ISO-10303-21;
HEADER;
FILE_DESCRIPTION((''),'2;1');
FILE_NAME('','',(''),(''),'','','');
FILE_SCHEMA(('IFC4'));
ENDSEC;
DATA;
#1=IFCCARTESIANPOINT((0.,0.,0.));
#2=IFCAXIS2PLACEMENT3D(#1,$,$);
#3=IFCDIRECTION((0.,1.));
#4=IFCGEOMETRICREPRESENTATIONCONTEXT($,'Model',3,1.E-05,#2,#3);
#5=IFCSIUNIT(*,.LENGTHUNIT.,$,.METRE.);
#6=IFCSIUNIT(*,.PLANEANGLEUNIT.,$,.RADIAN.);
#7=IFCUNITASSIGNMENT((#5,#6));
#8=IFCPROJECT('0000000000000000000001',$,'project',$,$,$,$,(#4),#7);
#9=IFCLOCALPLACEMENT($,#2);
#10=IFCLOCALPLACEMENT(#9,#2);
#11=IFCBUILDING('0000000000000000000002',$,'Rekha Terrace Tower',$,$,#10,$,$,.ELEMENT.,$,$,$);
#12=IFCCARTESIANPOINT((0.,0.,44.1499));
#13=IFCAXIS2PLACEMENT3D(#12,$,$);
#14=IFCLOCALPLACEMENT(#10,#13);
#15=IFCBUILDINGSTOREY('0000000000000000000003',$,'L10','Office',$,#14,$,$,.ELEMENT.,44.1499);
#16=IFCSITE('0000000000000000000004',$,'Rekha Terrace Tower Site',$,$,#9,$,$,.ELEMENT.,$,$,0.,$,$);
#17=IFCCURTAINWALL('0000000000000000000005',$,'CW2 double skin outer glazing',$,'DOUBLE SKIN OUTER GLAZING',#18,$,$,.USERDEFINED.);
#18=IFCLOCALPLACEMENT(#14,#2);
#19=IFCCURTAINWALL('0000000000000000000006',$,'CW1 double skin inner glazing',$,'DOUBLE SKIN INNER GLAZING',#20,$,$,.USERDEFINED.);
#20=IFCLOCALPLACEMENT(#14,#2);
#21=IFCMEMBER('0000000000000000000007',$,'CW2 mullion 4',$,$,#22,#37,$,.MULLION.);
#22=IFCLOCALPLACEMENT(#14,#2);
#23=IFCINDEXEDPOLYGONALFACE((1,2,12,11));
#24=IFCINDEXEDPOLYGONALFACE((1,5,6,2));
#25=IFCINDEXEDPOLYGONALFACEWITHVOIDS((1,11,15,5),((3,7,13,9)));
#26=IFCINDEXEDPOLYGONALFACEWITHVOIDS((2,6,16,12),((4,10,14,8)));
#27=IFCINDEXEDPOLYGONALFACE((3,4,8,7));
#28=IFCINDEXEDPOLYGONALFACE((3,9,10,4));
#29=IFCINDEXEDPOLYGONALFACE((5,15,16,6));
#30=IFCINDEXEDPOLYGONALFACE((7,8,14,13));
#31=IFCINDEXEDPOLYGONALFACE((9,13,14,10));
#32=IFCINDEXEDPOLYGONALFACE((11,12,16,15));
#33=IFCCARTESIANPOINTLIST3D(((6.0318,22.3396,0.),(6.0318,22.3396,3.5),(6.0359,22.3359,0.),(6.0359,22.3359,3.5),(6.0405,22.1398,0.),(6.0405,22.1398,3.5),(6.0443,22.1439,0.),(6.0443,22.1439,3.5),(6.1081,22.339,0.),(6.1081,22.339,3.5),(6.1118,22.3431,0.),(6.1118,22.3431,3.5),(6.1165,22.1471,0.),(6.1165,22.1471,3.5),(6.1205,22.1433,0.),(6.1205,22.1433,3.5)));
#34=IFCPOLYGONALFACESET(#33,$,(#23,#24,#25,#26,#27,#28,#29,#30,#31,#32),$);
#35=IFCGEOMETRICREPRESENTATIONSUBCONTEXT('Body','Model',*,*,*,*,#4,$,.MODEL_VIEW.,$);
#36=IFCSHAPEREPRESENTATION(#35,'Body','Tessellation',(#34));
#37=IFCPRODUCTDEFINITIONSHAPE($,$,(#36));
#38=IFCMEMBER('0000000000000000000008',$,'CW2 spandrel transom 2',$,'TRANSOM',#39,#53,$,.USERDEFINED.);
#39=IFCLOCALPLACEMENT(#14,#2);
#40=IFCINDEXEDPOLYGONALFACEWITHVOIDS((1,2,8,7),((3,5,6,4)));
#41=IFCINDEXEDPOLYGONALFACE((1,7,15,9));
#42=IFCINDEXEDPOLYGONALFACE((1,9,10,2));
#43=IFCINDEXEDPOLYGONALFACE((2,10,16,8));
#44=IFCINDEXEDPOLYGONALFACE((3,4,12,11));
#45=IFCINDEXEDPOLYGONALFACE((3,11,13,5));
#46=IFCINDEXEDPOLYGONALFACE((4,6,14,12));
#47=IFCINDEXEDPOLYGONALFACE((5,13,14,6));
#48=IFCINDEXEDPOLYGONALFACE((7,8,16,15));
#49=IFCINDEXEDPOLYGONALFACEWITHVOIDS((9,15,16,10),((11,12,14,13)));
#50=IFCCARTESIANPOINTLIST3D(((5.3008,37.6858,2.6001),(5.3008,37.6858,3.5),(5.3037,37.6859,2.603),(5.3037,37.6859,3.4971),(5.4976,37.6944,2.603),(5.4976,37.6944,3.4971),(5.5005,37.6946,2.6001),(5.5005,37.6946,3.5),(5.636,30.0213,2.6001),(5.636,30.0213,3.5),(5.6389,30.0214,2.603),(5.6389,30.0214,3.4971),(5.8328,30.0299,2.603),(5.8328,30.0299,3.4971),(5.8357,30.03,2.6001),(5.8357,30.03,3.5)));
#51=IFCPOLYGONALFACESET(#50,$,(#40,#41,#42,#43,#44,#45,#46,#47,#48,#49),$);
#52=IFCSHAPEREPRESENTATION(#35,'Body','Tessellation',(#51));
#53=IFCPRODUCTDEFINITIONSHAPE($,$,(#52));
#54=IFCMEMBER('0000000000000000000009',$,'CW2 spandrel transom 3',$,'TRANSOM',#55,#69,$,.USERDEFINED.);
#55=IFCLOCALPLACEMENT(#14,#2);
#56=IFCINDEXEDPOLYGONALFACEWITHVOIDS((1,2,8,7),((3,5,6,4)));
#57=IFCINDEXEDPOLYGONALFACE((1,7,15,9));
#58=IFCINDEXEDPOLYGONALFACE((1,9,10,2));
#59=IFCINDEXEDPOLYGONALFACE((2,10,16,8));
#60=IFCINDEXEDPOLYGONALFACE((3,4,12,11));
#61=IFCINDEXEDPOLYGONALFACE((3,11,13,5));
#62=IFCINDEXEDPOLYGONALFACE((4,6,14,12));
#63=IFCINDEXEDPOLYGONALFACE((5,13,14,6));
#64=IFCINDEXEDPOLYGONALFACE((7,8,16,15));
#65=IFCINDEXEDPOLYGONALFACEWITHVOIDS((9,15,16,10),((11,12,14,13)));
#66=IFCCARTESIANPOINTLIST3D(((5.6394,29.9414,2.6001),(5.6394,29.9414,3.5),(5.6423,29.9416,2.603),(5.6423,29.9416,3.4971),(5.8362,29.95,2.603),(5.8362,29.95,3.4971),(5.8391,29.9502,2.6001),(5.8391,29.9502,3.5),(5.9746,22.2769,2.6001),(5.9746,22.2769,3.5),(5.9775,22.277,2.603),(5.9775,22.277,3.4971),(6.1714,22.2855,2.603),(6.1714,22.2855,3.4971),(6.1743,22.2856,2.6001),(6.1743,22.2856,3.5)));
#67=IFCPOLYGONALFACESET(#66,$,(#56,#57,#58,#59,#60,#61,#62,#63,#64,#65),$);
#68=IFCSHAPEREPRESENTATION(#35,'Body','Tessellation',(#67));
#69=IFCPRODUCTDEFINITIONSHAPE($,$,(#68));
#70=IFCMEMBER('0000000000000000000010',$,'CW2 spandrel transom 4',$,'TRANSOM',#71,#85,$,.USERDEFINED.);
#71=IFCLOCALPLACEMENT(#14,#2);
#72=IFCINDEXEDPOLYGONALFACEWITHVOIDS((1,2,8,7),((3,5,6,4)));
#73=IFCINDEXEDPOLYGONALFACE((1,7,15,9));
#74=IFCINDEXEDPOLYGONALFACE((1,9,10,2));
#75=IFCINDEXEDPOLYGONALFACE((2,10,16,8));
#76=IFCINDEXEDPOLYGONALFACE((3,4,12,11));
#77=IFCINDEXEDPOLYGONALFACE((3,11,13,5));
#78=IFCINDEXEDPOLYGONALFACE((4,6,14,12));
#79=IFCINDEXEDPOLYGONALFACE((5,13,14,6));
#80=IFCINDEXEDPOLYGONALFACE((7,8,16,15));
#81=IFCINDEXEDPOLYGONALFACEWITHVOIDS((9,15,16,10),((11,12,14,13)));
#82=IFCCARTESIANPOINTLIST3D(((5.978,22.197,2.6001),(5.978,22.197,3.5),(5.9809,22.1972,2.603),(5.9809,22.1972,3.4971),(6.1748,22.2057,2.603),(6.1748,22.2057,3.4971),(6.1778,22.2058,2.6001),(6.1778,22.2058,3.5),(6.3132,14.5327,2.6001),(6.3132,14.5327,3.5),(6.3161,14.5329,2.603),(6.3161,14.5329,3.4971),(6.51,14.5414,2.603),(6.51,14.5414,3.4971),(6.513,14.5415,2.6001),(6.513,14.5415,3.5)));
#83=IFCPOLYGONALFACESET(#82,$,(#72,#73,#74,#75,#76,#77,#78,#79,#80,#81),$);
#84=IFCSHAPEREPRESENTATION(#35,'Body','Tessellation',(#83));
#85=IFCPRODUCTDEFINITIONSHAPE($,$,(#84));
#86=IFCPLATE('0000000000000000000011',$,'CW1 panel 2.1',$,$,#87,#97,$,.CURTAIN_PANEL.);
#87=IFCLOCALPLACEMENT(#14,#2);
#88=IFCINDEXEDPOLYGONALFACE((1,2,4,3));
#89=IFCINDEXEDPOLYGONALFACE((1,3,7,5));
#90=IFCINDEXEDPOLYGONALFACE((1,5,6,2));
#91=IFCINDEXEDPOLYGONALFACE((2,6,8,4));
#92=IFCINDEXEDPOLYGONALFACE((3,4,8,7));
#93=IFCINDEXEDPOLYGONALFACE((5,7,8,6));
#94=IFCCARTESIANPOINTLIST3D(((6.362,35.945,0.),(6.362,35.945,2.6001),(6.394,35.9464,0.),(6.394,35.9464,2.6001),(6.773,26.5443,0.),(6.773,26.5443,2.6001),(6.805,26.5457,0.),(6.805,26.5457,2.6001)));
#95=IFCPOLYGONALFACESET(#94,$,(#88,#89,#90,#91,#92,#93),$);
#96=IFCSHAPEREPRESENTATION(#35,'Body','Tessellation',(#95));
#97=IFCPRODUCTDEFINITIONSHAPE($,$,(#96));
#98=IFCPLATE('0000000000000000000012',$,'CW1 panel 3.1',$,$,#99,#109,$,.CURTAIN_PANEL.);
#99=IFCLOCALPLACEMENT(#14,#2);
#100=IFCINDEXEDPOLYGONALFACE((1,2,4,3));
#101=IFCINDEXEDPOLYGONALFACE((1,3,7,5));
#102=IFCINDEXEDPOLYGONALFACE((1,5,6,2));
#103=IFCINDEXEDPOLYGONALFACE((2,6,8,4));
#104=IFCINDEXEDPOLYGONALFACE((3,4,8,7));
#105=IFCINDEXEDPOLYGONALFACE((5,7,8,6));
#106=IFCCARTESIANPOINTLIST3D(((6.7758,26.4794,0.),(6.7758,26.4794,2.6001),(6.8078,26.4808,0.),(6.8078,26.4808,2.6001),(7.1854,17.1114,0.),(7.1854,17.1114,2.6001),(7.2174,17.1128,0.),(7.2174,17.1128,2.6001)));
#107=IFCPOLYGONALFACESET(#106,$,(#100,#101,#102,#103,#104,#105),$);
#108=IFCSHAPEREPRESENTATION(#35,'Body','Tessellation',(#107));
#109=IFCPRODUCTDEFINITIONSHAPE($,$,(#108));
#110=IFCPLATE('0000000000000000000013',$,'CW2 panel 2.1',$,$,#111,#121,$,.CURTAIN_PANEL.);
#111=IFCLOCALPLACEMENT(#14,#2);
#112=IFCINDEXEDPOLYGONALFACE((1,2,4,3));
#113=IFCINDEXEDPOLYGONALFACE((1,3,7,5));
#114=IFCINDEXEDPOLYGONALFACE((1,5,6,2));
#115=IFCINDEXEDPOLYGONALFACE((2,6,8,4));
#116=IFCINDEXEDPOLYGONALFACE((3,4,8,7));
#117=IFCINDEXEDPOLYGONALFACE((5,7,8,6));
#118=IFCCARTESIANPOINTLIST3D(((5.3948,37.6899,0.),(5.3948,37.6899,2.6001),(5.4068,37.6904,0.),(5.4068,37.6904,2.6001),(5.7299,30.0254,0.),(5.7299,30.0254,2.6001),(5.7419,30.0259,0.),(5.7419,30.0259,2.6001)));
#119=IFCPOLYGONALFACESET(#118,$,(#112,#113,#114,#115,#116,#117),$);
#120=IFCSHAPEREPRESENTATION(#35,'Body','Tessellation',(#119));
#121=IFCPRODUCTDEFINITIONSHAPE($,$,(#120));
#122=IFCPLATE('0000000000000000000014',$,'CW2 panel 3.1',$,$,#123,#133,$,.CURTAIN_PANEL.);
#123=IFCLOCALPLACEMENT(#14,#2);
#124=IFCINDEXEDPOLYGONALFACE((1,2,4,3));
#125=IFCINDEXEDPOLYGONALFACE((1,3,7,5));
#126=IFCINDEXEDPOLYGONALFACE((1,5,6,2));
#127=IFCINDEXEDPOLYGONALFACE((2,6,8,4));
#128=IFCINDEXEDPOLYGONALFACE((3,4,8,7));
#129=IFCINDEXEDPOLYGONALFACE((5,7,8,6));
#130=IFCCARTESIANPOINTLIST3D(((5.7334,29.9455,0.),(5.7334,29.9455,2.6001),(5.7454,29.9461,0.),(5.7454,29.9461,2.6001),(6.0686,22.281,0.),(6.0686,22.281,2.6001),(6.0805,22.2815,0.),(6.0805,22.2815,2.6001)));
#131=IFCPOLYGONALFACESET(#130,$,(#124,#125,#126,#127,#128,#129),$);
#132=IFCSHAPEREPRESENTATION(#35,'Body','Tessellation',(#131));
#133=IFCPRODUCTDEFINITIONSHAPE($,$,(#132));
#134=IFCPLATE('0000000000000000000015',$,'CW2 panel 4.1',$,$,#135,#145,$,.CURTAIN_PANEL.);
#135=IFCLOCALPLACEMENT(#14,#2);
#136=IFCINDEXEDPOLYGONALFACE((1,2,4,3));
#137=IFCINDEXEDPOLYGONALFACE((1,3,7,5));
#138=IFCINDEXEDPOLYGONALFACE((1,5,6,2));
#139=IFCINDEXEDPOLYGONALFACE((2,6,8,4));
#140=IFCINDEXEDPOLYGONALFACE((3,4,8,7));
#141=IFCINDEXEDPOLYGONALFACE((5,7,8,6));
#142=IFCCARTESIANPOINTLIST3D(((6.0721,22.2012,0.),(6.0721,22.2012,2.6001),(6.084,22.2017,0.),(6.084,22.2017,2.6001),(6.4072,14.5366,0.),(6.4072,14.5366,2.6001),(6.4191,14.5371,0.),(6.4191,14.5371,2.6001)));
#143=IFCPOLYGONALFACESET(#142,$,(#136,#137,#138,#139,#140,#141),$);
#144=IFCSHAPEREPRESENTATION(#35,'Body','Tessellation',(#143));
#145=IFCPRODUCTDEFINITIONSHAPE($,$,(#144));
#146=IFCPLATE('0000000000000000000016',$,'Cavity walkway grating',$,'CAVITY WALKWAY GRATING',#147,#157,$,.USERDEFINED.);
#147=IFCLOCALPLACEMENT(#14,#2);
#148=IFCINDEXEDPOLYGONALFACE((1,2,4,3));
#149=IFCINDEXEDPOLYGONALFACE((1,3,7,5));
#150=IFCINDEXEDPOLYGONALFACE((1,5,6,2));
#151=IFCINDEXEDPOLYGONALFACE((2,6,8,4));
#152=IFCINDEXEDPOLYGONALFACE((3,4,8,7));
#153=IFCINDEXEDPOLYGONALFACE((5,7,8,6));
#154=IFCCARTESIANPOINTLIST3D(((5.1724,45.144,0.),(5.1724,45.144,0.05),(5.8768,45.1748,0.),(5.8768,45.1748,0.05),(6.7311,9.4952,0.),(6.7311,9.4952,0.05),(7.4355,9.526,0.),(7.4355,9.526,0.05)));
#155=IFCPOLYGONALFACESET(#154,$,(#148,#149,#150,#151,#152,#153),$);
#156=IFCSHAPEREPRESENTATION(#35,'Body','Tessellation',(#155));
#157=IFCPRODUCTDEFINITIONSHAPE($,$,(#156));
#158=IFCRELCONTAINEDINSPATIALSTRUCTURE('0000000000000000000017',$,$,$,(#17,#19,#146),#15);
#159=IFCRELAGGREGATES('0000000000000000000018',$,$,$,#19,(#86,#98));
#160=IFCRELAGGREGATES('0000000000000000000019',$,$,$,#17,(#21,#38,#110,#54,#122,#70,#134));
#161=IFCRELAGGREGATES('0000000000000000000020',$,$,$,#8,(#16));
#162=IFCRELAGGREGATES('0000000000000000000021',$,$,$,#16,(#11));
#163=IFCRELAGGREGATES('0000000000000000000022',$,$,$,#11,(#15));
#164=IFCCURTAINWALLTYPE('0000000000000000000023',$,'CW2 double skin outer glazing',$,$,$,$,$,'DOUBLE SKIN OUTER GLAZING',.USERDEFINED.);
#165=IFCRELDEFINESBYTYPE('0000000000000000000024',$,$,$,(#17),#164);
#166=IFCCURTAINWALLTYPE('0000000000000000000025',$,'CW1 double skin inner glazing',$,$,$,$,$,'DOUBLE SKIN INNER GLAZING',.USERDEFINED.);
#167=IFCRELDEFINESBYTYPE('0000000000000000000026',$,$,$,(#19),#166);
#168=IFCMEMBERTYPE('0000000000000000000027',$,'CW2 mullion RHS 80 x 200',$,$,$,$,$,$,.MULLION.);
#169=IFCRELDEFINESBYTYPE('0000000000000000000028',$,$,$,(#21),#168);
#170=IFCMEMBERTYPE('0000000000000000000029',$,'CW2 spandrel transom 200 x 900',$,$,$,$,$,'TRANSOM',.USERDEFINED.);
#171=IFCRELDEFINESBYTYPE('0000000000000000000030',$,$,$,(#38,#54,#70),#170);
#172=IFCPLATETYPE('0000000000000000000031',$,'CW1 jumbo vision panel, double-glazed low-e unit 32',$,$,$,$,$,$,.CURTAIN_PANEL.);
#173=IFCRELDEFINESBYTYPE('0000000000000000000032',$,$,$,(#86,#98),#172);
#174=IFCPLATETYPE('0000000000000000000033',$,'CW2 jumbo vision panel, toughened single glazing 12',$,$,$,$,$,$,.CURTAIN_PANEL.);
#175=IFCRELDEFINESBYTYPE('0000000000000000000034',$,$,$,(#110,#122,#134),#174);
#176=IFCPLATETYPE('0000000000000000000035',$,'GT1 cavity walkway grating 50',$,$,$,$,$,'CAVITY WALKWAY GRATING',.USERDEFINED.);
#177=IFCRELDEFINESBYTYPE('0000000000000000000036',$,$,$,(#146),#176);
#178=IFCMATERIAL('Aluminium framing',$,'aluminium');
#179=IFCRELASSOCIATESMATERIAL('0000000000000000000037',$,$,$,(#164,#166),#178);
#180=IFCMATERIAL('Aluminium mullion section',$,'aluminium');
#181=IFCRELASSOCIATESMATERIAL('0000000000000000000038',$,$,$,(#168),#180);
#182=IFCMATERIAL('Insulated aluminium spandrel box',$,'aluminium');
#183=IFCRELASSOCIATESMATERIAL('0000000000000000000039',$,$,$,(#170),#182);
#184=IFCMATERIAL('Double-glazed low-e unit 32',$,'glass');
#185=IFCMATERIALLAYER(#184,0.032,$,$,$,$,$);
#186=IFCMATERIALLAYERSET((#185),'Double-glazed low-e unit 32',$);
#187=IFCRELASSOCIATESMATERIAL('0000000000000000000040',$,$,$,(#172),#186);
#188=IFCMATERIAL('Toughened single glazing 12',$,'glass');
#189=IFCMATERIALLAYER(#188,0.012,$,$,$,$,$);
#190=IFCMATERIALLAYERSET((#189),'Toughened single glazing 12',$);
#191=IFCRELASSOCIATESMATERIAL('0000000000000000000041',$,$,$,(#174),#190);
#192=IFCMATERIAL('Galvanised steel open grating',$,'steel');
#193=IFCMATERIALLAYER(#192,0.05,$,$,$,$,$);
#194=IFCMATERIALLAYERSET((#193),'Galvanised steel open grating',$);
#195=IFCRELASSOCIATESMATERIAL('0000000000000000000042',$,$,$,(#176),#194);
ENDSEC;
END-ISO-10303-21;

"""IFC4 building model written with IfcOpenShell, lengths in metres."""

from ifc_helpers import new_model, si_unit, direction, frame, origin, origin_2d, place, context, subcontext, project, spatial, rectangle, hollow_rectangle, extrude, material, layer, layer_set, material_profile, profile_set, type_object, element, aggregate, save


model = new_model("IFC4")

# Units and contexts
model_context = context("Model", 3, precision=1e-05, world=origin(), true_north=direction((0.0, 1.0)))
body_context = subcontext(model_context, "Body", "Model", "MODEL_VIEW")
ifc_project = project(units=[si_unit("LENGTHUNIT", "METRE"), si_unit("PLANEANGLEUNIT", "RADIAN")], contexts=[model_context])

# Site, building, storey
site_placement = place(None, origin())
site = spatial("IfcSite", under=ifc_project, at=site_placement, Name="Rekha Terrace Tower Site", CompositionType="ELEMENT", RefElevation=0.0)
building_placement = place(site_placement, origin())
building = spatial("IfcBuilding", under=site, at=building_placement, Name="Rekha Terrace Tower", CompositionType="ELEMENT")
storey_placement = place(building_placement, frame((0.0, 0.0, 44.1499)))
storey = spatial("IfcBuildingStorey", under=building, at=storey_placement, Name="L10", Description="Office", CompositionType="ELEMENT", Elevation=44.1499)

# Curtain walls
ifc_material_1 = material(Name="Aluminium framing", Category="aluminium")
curtain_wall_type_1 = type_object("IfcCurtainWallType", Name="CW2 double skin outer glazing", ElementType="DOUBLE SKIN OUTER GLAZING", PredefinedType="USERDEFINED", material=ifc_material_1)
curtain_wall_1_placement = place(storey_placement, origin())
curtain_wall_1 = element("IfcCurtainWall", 1, at=curtain_wall_1_placement, inside=storey, type_object=curtain_wall_type_1, Name="CW2 double skin outer glazing", ObjectType="DOUBLE SKIN OUTER GLAZING", PredefinedType="USERDEFINED")
curtain_wall_type_2 = type_object("IfcCurtainWallType", Name="CW1 double skin inner glazing", ElementType="DOUBLE SKIN INNER GLAZING", PredefinedType="USERDEFINED", material=ifc_material_1)
curtain_wall_2_placement = place(storey_placement, origin())
curtain_wall_2 = element("IfcCurtainWall", 2, at=curtain_wall_2_placement, inside=storey, type_object=curtain_wall_type_2, Name="CW1 double skin inner glazing", ObjectType="DOUBLE SKIN INNER GLAZING", PredefinedType="USERDEFINED")
ifc_material_2 = material(Name="Aluminium mullion section", Category="aluminium")
ifc_material_3 = material(Name="Insulated aluminium spandrel box", Category="aluminium")

# Members
ifc_material_profile_1 = material_profile(ifc_material_2, hollow_rectangle(XDim=0.0801, YDim=0.2, WallThickness=0.0039, at=origin_2d()), Name="AL RHS 80x200")
ifc_profile_set_1 = profile_set([ifc_material_profile_1], Name="Aluminium mullion section")
member_type_1 = type_object("IfcMemberType", Name="CW2 mullion RHS 80 x 200", PredefinedType="MULLION", material=ifc_profile_set_1)
member_1_placement = place(storey_placement, frame((6.0762, 22.2415, 0.0), z_axis=(0.0, 0.0, 1.0), x_axis=(0.999045, 0.043683, 0.0)))
member_1 = element("IfcMember", 3, at=member_1_placement, type_object=member_type_1, Name="CW2 mullion 4", PredefinedType="MULLION", context=body_context, shape_type="SweptSolid", body=[
    extrude(hollow_rectangle(XDim=0.0801, YDim=0.2, WallThickness=0.0039, at=origin_2d()), origin(), (0.0, 0.0, 1.0), 3.5),
])
ifc_material_profile_2 = material_profile(ifc_material_3, hollow_rectangle(XDim=0.2, YDim=0.8999, WallThickness=0.0029, at=origin_2d()), Name="AL SPANDREL BOX 200x900")
ifc_profile_set_2 = profile_set([ifc_material_profile_2], Name="Insulated aluminium spandrel box")
member_type_2 = type_object("IfcMemberType", Name="CW2 spandrel transom 200 x 900", ElementType="TRANSOM", PredefinedType="USERDEFINED", material=ifc_profile_set_2)
member_2_placement = place(storey_placement, frame((5.4006, 37.6902, 3.05), z_axis=(0.043693, -0.999045, 0.0), x_axis=(0.999045, 0.043693, 0.0)))
member_2 = element("IfcMember", 4, at=member_2_placement, type_object=member_type_2, Name="CW2 spandrel transom 2", ObjectType="TRANSOM", PredefinedType="USERDEFINED", context=body_context, shape_type="SweptSolid", body=[
    extrude(hollow_rectangle(XDim=0.2, YDim=0.8999, WallThickness=0.0029, at=origin_2d()), origin(), (0.0, 0.0, 1.0), 7.6719),
])
member_3_placement = place(storey_placement, frame((5.7393, 29.9458, 3.05), z_axis=(0.043693, -0.999045, 0.0), x_axis=(0.999045, 0.043693, 0.0)))
member_3 = element("IfcMember", 5, at=member_3_placement, type_object=member_type_2, Name="CW2 spandrel transom 3", ObjectType="TRANSOM", PredefinedType="USERDEFINED", context=body_context, shape_type="SweptSolid", body=[
    extrude(hollow_rectangle(XDim=0.2, YDim=0.8999, WallThickness=0.0029, at=origin_2d()), origin(), (0.0, 0.0, 1.0), 7.6719),
])
member_4_placement = place(storey_placement, frame((6.0779, 22.2014, 3.05), z_axis=(0.043694, -0.999045, 0.0), x_axis=(0.999045, 0.043694, 0.0)))
member_4 = element("IfcMember", 6, at=member_4_placement, type_object=member_type_2, Name="CW2 spandrel transom 4", ObjectType="TRANSOM", PredefinedType="USERDEFINED", context=body_context, shape_type="SweptSolid", body=[
    extrude(hollow_rectangle(XDim=0.2, YDim=0.8999, WallThickness=0.0029, at=origin_2d()), origin(), (0.0, 0.0, 1.0), 7.6716),
])

# Plates
ifc_material_4 = material(Name="Double-glazed low-e unit 32", Category="glass")
ifc_layer_1 = layer(ifc_material_4, 0.032)
ifc_layer_set_1 = layer_set([ifc_layer_1], Name="Double-glazed low-e unit 32")
plate_type_1 = type_object("IfcPlateType", Name="CW1 jumbo vision panel, double-glazed low-e unit 32", PredefinedType="CURTAIN_PANEL", material=ifc_layer_set_1)
plate_1_placement = place(storey_placement, frame((6.5835, 31.2454, 0.0), z_axis=(0.0, 0.0, 1.0), x_axis=(0.043683, -0.999045, 0.0)))
plate_1 = element("IfcPlate", 7, at=plate_1_placement, type_object=plate_type_1, Name="CW1 panel 2.1", PredefinedType="CURTAIN_PANEL", context=body_context, shape_type="SweptSolid", body=[
    extrude(rectangle(XDim=9.4097, YDim=0.032, at=origin_2d()), origin(), (0.0, 0.0, 1.0), 2.6001),
])
plate_2_placement = place(storey_placement, frame((6.9966, 21.7961, 0.0), z_axis=(0.0, 0.0, 1.0), x_axis=(0.043683, -0.999045, 0.0)))
plate_2 = element("IfcPlate", 8, at=plate_2_placement, type_object=plate_type_1, Name="CW1 panel 3.1", PredefinedType="CURTAIN_PANEL", context=body_context, shape_type="SweptSolid", body=[
    extrude(rectangle(XDim=9.377, YDim=0.032, at=origin_2d()), origin(), (0.0, 0.0, 1.0), 2.6001),
])
aggregate(curtain_wall_2, [plate_1, plate_2])
ifc_material_5 = material(Name="Toughened single glazing 12", Category="glass")
ifc_layer_2 = layer(ifc_material_5, 0.012)
ifc_layer_set_2 = layer_set([ifc_layer_2], Name="Toughened single glazing 12")
plate_type_2 = type_object("IfcPlateType", Name="CW2 jumbo vision panel, toughened single glazing 12", PredefinedType="CURTAIN_PANEL", material=ifc_layer_set_2)
plate_3_placement = place(storey_placement, frame((5.5684, 33.8579, 0.0), z_axis=(0.0, 0.0, 1.0), x_axis=(0.043683, -0.999045, 0.0)))
plate_3 = element("IfcPlate", 9, at=plate_3_placement, type_object=plate_type_2, Name="CW2 panel 2.1", PredefinedType="CURTAIN_PANEL", context=body_context, shape_type="SweptSolid", body=[
    extrude(rectangle(XDim=7.6719, YDim=0.012, at=origin_2d()), origin(), (0.0, 0.0, 1.0), 2.6001),
])
plate_4_placement = place(storey_placement, frame((5.907, 26.1135, 0.0), z_axis=(0.0, 0.0, 1.0), x_axis=(0.043683, -0.999045, 0.0)))
plate_4 = element("IfcPlate", 10, at=plate_4_placement, type_object=plate_type_2, Name="CW2 panel 3.1", PredefinedType="CURTAIN_PANEL", context=body_context, shape_type="SweptSolid", body=[
    extrude(rectangle(XDim=7.6719, YDim=0.012, at=origin_2d()), origin(), (0.0, 0.0, 1.0), 2.6001),
])
plate_5_placement = place(storey_placement, frame((6.2456, 18.3691, 0.0), z_axis=(0.0, 0.0, 1.0), x_axis=(0.043683, -0.999045, 0.0)))
plate_5 = element("IfcPlate", 11, at=plate_5_placement, type_object=plate_type_2, Name="CW2 panel 4.1", PredefinedType="CURTAIN_PANEL", context=body_context, shape_type="SweptSolid", body=[
    extrude(rectangle(XDim=7.6719, YDim=0.012, at=origin_2d()), origin(), (0.0, 0.0, 1.0), 2.6001),
])
aggregate(curtain_wall_1, [member_1, member_2, plate_3, member_3, plate_4, member_4, plate_5])
ifc_material_6 = material(Name="Galvanised steel open grating", Category="steel")
ifc_layer_3 = layer(ifc_material_6, 0.05)
ifc_layer_set_3 = layer_set([ifc_layer_3], Name="Galvanised steel open grating")
plate_type_3 = type_object("IfcPlateType", Name="GT1 cavity walkway grating 50", ElementType="CAVITY WALKWAY GRATING", PredefinedType="USERDEFINED", material=ifc_layer_set_3)
plate_6_placement = place(storey_placement, frame((6.304, 27.335, 0.0), z_axis=(0.0, 0.0, 1.0), x_axis=(0.043683, -0.999045, 0.0)))
element("IfcPlate", 12, at=plate_6_placement, inside=storey, type_object=plate_type_3, Name="Cavity walkway grating", ObjectType="CAVITY WALKWAY GRATING", PredefinedType="USERDEFINED", context=body_context, shape_type="SweptSolid", body=[
    extrude(rectangle(XDim=35.6829, YDim=0.7051, at=origin_2d()), origin(), (0.0, 0.0, 1.0), 0.05),
])

save(model, "model.ifc")
